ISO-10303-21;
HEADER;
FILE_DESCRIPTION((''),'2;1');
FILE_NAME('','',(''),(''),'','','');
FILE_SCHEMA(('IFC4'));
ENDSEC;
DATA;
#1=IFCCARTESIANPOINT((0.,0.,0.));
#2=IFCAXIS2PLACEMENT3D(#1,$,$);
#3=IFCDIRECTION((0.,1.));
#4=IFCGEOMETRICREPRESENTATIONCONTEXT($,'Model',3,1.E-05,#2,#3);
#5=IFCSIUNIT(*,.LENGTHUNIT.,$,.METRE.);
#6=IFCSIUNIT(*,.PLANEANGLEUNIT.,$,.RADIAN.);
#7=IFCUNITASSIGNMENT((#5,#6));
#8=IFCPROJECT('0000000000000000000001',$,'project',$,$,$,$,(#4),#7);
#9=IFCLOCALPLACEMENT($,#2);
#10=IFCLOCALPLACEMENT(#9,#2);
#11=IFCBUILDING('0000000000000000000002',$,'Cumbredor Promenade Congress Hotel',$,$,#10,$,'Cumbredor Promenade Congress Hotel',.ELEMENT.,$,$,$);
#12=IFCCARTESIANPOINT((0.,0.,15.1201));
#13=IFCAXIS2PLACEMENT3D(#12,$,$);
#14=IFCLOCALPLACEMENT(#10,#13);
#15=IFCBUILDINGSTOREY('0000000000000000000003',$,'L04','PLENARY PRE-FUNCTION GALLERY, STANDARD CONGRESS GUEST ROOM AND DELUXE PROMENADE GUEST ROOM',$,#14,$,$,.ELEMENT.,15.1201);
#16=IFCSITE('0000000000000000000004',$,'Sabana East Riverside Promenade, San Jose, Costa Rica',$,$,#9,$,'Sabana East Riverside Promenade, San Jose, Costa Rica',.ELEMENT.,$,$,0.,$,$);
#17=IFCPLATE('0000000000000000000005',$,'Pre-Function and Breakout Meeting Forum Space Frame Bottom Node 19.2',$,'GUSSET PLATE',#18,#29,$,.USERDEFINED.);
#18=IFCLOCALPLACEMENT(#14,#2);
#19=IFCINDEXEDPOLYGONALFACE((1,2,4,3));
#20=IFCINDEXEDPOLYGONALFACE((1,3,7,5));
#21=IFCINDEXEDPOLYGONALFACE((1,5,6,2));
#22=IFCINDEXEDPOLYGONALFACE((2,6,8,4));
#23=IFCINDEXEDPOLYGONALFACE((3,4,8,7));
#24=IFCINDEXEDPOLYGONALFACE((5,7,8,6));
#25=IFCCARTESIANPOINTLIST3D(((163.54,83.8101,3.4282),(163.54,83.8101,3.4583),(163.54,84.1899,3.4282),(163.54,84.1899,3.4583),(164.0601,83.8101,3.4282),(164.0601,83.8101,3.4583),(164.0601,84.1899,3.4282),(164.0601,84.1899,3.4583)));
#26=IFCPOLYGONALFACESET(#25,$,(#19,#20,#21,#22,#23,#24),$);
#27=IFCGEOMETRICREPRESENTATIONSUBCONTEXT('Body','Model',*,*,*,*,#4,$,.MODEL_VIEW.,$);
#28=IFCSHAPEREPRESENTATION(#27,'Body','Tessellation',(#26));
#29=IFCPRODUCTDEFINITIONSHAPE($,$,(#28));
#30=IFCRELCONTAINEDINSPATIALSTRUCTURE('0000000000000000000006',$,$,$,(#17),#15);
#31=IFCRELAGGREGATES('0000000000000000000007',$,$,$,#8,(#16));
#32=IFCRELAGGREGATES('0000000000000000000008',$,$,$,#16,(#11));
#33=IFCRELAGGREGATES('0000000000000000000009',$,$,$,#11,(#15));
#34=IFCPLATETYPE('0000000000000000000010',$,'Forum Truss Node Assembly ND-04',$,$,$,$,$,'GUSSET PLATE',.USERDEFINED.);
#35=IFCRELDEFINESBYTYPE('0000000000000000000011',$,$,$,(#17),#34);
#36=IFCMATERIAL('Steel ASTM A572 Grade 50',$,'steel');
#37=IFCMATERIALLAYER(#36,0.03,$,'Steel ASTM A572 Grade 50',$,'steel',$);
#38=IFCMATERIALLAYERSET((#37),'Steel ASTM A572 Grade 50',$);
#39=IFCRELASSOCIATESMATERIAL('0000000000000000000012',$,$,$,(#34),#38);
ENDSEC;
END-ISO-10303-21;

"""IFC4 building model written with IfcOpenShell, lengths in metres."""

from ifc_helpers import new_model, si_unit, direction, frame, origin, origin_2d, place, context, subcontext, project, spatial, rectangle, extrude, material, layer, layer_set, type_object, element, save


model = new_model("IFC4")

# Units and contexts
model_context = context("Model", 3, precision=1e-05, world=origin(), true_north=direction((0.0, 1.0)))
body_context = subcontext(model_context, "Body", "Model", "MODEL_VIEW")
ifc_project = project(units=[si_unit("LENGTHUNIT", "METRE"), si_unit("PLANEANGLEUNIT", "RADIAN")], contexts=[model_context])

# Site, building, storey
site_placement = place(None, origin())
site = spatial("IfcSite", under=ifc_project, at=site_placement, Name="Sabana East Riverside Promenade, San Jose, Costa Rica", LongName="Sabana East Riverside Promenade, San Jose, Costa Rica", CompositionType="ELEMENT", RefElevation=0.0)
building_placement = place(site_placement, origin())
building = spatial("IfcBuilding", under=site, at=building_placement, Name="Cumbredor Promenade Congress Hotel", LongName="Cumbredor Promenade Congress Hotel", CompositionType="ELEMENT")
storey_placement = place(building_placement, frame((0.0, 0.0, 15.1201)))
storey = spatial("IfcBuildingStorey", under=building, at=storey_placement, Name="L04", Description="PLENARY PRE-FUNCTION GALLERY, STANDARD CONGRESS GUEST ROOM AND DELUXE PROMENADE GUEST ROOM", CompositionType="ELEMENT", Elevation=15.1201)

# Plate
ifc_material_1 = material(Name="Steel ASTM A572 Grade 50", Category="steel")
ifc_layer_1 = layer(ifc_material_1, 0.03, Name="Steel ASTM A572 Grade 50", Category="steel")
ifc_layer_set_1 = layer_set([ifc_layer_1], Name="Steel ASTM A572 Grade 50")
plate_type_1 = type_object("IfcPlateType", Name="Forum Truss Node Assembly ND-04", ElementType="GUSSET PLATE", PredefinedType="USERDEFINED", material=ifc_layer_set_1)
for number, where, z_axis, x_axis, name in (
    (1, (163.8, 84.0, 3.4282), (0.0, 0.0, 1.0), (1.0, 0.0, 0.0), "Pre-Function and Breakout Meeting Forum Space Frame Bottom Node 19.2"),
):
    element("IfcPlate", number, at=place(storey_placement, frame(where, z_axis=z_axis, x_axis=x_axis)), inside=storey, type_object=plate_type_1, Name=name, ObjectType="GUSSET PLATE", PredefinedType="USERDEFINED", context=body_context, shape_type="SweptSolid", body=[
        extrude(rectangle(XDim=0.52, YDim=0.3799, at=origin_2d()), origin(), (0.0, 0.0, 1.0), 0.03),
    ])

save(model, "model.ifc")
